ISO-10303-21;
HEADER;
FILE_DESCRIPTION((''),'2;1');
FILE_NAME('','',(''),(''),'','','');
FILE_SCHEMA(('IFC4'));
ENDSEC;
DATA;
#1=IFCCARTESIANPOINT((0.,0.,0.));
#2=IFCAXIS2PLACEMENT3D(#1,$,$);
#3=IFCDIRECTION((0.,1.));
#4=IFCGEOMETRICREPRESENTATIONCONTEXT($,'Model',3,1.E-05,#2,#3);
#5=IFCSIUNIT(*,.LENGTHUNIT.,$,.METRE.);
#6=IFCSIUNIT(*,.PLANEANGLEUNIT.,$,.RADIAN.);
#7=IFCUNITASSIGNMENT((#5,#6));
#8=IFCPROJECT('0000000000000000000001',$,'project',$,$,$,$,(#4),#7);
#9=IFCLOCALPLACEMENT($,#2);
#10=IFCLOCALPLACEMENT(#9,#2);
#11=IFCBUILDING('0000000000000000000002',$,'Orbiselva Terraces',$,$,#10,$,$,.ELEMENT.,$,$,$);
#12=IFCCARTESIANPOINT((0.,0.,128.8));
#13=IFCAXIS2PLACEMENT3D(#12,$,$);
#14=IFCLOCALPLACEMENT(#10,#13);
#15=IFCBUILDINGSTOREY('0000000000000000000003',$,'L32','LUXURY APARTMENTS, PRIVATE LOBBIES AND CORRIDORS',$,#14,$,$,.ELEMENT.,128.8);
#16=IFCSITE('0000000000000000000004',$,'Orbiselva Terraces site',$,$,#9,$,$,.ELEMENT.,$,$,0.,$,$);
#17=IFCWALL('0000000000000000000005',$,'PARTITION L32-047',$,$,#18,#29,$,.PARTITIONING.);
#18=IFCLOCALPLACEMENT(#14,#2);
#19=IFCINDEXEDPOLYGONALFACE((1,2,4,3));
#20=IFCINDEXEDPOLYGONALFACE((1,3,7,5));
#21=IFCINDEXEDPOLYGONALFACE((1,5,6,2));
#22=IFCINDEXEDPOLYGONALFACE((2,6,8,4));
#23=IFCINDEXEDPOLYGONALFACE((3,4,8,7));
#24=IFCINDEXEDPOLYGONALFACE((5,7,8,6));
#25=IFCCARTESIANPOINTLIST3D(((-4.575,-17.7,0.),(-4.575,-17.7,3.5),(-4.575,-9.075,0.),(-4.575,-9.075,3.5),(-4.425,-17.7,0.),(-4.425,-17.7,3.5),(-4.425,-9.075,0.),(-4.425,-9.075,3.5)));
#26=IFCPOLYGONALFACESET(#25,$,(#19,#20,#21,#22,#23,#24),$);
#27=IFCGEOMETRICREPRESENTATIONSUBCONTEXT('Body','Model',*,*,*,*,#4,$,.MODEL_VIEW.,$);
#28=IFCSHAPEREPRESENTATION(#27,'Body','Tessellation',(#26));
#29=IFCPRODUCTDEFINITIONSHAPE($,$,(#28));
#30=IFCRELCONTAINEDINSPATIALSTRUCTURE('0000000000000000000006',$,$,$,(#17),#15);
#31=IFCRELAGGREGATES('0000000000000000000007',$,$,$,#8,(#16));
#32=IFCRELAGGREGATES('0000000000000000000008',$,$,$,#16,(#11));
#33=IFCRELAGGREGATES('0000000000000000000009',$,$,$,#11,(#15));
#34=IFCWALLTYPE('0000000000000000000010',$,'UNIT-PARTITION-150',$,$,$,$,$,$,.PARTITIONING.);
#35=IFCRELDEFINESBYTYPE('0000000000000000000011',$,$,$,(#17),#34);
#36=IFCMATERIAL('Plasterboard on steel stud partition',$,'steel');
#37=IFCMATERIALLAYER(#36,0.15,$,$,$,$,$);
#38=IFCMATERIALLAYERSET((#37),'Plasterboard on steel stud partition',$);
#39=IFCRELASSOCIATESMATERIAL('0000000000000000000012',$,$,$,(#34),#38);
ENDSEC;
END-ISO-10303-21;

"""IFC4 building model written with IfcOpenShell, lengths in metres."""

from ifc_helpers import new_model, si_unit, direction, frame, frame_2d, origin, place, context, subcontext, project, spatial, rectangle, extrude, material, layer, layer_set, type_object, element, save


model = new_model("IFC4")

# Units and contexts
model_context = context("Model", 3, precision=1e-05, world=origin(), true_north=direction((0.0, 1.0)))
body_context = subcontext(model_context, "Body", "Model", "MODEL_VIEW")
ifc_project = project(units=[si_unit("LENGTHUNIT", "METRE"), si_unit("PLANEANGLEUNIT", "RADIAN")], contexts=[model_context])

# Site, building, storey
site_placement = place(None, origin())
site = spatial("IfcSite", under=ifc_project, at=site_placement, Name="Orbiselva Terraces site", CompositionType="ELEMENT", RefElevation=0.0)
building_placement = place(site_placement, origin())
building = spatial("IfcBuilding", under=site, at=building_placement, Name="Orbiselva Terraces", CompositionType="ELEMENT")
storey_placement = place(building_placement, frame((0.0, 0.0, 128.8)))
storey = spatial("IfcBuildingStorey", under=building, at=storey_placement, Name="L32", Description="LUXURY APARTMENTS, PRIVATE LOBBIES AND CORRIDORS", CompositionType="ELEMENT", Elevation=128.8)

# Shared definitions
ifc_material_1 = material(Name="Plasterboard on steel stud partition", Category="steel")
ifc_layer_1 = layer(ifc_material_1, 0.15)
ifc_layer_set_1 = layer_set([ifc_layer_1], Name="Plasterboard on steel stud partition")
wall_type_1 = type_object("IfcWallType", Name="UNIT-PARTITION-150", PredefinedType="PARTITIONING", material=ifc_layer_set_1)

# Wall
wall_1_placement = place(storey_placement, frame((-4.5, -17.7, 0.0), z_axis=(0.0, 0.0, 1.0), x_axis=(0.0, 1.0, 0.0)))
element("IfcWall", 1, at=wall_1_placement, inside=storey, type_object=wall_type_1, Name="PARTITION L32-047", PredefinedType="PARTITIONING", context=body_context, shape_type="SweptSolid", body=[
    extrude(rectangle(XDim=8.625, YDim=0.15, at=frame_2d((4.3125, 0.0))), origin(), (0.0, 0.0, 1.0), 3.5),
])

save(model, "model.ifc")
